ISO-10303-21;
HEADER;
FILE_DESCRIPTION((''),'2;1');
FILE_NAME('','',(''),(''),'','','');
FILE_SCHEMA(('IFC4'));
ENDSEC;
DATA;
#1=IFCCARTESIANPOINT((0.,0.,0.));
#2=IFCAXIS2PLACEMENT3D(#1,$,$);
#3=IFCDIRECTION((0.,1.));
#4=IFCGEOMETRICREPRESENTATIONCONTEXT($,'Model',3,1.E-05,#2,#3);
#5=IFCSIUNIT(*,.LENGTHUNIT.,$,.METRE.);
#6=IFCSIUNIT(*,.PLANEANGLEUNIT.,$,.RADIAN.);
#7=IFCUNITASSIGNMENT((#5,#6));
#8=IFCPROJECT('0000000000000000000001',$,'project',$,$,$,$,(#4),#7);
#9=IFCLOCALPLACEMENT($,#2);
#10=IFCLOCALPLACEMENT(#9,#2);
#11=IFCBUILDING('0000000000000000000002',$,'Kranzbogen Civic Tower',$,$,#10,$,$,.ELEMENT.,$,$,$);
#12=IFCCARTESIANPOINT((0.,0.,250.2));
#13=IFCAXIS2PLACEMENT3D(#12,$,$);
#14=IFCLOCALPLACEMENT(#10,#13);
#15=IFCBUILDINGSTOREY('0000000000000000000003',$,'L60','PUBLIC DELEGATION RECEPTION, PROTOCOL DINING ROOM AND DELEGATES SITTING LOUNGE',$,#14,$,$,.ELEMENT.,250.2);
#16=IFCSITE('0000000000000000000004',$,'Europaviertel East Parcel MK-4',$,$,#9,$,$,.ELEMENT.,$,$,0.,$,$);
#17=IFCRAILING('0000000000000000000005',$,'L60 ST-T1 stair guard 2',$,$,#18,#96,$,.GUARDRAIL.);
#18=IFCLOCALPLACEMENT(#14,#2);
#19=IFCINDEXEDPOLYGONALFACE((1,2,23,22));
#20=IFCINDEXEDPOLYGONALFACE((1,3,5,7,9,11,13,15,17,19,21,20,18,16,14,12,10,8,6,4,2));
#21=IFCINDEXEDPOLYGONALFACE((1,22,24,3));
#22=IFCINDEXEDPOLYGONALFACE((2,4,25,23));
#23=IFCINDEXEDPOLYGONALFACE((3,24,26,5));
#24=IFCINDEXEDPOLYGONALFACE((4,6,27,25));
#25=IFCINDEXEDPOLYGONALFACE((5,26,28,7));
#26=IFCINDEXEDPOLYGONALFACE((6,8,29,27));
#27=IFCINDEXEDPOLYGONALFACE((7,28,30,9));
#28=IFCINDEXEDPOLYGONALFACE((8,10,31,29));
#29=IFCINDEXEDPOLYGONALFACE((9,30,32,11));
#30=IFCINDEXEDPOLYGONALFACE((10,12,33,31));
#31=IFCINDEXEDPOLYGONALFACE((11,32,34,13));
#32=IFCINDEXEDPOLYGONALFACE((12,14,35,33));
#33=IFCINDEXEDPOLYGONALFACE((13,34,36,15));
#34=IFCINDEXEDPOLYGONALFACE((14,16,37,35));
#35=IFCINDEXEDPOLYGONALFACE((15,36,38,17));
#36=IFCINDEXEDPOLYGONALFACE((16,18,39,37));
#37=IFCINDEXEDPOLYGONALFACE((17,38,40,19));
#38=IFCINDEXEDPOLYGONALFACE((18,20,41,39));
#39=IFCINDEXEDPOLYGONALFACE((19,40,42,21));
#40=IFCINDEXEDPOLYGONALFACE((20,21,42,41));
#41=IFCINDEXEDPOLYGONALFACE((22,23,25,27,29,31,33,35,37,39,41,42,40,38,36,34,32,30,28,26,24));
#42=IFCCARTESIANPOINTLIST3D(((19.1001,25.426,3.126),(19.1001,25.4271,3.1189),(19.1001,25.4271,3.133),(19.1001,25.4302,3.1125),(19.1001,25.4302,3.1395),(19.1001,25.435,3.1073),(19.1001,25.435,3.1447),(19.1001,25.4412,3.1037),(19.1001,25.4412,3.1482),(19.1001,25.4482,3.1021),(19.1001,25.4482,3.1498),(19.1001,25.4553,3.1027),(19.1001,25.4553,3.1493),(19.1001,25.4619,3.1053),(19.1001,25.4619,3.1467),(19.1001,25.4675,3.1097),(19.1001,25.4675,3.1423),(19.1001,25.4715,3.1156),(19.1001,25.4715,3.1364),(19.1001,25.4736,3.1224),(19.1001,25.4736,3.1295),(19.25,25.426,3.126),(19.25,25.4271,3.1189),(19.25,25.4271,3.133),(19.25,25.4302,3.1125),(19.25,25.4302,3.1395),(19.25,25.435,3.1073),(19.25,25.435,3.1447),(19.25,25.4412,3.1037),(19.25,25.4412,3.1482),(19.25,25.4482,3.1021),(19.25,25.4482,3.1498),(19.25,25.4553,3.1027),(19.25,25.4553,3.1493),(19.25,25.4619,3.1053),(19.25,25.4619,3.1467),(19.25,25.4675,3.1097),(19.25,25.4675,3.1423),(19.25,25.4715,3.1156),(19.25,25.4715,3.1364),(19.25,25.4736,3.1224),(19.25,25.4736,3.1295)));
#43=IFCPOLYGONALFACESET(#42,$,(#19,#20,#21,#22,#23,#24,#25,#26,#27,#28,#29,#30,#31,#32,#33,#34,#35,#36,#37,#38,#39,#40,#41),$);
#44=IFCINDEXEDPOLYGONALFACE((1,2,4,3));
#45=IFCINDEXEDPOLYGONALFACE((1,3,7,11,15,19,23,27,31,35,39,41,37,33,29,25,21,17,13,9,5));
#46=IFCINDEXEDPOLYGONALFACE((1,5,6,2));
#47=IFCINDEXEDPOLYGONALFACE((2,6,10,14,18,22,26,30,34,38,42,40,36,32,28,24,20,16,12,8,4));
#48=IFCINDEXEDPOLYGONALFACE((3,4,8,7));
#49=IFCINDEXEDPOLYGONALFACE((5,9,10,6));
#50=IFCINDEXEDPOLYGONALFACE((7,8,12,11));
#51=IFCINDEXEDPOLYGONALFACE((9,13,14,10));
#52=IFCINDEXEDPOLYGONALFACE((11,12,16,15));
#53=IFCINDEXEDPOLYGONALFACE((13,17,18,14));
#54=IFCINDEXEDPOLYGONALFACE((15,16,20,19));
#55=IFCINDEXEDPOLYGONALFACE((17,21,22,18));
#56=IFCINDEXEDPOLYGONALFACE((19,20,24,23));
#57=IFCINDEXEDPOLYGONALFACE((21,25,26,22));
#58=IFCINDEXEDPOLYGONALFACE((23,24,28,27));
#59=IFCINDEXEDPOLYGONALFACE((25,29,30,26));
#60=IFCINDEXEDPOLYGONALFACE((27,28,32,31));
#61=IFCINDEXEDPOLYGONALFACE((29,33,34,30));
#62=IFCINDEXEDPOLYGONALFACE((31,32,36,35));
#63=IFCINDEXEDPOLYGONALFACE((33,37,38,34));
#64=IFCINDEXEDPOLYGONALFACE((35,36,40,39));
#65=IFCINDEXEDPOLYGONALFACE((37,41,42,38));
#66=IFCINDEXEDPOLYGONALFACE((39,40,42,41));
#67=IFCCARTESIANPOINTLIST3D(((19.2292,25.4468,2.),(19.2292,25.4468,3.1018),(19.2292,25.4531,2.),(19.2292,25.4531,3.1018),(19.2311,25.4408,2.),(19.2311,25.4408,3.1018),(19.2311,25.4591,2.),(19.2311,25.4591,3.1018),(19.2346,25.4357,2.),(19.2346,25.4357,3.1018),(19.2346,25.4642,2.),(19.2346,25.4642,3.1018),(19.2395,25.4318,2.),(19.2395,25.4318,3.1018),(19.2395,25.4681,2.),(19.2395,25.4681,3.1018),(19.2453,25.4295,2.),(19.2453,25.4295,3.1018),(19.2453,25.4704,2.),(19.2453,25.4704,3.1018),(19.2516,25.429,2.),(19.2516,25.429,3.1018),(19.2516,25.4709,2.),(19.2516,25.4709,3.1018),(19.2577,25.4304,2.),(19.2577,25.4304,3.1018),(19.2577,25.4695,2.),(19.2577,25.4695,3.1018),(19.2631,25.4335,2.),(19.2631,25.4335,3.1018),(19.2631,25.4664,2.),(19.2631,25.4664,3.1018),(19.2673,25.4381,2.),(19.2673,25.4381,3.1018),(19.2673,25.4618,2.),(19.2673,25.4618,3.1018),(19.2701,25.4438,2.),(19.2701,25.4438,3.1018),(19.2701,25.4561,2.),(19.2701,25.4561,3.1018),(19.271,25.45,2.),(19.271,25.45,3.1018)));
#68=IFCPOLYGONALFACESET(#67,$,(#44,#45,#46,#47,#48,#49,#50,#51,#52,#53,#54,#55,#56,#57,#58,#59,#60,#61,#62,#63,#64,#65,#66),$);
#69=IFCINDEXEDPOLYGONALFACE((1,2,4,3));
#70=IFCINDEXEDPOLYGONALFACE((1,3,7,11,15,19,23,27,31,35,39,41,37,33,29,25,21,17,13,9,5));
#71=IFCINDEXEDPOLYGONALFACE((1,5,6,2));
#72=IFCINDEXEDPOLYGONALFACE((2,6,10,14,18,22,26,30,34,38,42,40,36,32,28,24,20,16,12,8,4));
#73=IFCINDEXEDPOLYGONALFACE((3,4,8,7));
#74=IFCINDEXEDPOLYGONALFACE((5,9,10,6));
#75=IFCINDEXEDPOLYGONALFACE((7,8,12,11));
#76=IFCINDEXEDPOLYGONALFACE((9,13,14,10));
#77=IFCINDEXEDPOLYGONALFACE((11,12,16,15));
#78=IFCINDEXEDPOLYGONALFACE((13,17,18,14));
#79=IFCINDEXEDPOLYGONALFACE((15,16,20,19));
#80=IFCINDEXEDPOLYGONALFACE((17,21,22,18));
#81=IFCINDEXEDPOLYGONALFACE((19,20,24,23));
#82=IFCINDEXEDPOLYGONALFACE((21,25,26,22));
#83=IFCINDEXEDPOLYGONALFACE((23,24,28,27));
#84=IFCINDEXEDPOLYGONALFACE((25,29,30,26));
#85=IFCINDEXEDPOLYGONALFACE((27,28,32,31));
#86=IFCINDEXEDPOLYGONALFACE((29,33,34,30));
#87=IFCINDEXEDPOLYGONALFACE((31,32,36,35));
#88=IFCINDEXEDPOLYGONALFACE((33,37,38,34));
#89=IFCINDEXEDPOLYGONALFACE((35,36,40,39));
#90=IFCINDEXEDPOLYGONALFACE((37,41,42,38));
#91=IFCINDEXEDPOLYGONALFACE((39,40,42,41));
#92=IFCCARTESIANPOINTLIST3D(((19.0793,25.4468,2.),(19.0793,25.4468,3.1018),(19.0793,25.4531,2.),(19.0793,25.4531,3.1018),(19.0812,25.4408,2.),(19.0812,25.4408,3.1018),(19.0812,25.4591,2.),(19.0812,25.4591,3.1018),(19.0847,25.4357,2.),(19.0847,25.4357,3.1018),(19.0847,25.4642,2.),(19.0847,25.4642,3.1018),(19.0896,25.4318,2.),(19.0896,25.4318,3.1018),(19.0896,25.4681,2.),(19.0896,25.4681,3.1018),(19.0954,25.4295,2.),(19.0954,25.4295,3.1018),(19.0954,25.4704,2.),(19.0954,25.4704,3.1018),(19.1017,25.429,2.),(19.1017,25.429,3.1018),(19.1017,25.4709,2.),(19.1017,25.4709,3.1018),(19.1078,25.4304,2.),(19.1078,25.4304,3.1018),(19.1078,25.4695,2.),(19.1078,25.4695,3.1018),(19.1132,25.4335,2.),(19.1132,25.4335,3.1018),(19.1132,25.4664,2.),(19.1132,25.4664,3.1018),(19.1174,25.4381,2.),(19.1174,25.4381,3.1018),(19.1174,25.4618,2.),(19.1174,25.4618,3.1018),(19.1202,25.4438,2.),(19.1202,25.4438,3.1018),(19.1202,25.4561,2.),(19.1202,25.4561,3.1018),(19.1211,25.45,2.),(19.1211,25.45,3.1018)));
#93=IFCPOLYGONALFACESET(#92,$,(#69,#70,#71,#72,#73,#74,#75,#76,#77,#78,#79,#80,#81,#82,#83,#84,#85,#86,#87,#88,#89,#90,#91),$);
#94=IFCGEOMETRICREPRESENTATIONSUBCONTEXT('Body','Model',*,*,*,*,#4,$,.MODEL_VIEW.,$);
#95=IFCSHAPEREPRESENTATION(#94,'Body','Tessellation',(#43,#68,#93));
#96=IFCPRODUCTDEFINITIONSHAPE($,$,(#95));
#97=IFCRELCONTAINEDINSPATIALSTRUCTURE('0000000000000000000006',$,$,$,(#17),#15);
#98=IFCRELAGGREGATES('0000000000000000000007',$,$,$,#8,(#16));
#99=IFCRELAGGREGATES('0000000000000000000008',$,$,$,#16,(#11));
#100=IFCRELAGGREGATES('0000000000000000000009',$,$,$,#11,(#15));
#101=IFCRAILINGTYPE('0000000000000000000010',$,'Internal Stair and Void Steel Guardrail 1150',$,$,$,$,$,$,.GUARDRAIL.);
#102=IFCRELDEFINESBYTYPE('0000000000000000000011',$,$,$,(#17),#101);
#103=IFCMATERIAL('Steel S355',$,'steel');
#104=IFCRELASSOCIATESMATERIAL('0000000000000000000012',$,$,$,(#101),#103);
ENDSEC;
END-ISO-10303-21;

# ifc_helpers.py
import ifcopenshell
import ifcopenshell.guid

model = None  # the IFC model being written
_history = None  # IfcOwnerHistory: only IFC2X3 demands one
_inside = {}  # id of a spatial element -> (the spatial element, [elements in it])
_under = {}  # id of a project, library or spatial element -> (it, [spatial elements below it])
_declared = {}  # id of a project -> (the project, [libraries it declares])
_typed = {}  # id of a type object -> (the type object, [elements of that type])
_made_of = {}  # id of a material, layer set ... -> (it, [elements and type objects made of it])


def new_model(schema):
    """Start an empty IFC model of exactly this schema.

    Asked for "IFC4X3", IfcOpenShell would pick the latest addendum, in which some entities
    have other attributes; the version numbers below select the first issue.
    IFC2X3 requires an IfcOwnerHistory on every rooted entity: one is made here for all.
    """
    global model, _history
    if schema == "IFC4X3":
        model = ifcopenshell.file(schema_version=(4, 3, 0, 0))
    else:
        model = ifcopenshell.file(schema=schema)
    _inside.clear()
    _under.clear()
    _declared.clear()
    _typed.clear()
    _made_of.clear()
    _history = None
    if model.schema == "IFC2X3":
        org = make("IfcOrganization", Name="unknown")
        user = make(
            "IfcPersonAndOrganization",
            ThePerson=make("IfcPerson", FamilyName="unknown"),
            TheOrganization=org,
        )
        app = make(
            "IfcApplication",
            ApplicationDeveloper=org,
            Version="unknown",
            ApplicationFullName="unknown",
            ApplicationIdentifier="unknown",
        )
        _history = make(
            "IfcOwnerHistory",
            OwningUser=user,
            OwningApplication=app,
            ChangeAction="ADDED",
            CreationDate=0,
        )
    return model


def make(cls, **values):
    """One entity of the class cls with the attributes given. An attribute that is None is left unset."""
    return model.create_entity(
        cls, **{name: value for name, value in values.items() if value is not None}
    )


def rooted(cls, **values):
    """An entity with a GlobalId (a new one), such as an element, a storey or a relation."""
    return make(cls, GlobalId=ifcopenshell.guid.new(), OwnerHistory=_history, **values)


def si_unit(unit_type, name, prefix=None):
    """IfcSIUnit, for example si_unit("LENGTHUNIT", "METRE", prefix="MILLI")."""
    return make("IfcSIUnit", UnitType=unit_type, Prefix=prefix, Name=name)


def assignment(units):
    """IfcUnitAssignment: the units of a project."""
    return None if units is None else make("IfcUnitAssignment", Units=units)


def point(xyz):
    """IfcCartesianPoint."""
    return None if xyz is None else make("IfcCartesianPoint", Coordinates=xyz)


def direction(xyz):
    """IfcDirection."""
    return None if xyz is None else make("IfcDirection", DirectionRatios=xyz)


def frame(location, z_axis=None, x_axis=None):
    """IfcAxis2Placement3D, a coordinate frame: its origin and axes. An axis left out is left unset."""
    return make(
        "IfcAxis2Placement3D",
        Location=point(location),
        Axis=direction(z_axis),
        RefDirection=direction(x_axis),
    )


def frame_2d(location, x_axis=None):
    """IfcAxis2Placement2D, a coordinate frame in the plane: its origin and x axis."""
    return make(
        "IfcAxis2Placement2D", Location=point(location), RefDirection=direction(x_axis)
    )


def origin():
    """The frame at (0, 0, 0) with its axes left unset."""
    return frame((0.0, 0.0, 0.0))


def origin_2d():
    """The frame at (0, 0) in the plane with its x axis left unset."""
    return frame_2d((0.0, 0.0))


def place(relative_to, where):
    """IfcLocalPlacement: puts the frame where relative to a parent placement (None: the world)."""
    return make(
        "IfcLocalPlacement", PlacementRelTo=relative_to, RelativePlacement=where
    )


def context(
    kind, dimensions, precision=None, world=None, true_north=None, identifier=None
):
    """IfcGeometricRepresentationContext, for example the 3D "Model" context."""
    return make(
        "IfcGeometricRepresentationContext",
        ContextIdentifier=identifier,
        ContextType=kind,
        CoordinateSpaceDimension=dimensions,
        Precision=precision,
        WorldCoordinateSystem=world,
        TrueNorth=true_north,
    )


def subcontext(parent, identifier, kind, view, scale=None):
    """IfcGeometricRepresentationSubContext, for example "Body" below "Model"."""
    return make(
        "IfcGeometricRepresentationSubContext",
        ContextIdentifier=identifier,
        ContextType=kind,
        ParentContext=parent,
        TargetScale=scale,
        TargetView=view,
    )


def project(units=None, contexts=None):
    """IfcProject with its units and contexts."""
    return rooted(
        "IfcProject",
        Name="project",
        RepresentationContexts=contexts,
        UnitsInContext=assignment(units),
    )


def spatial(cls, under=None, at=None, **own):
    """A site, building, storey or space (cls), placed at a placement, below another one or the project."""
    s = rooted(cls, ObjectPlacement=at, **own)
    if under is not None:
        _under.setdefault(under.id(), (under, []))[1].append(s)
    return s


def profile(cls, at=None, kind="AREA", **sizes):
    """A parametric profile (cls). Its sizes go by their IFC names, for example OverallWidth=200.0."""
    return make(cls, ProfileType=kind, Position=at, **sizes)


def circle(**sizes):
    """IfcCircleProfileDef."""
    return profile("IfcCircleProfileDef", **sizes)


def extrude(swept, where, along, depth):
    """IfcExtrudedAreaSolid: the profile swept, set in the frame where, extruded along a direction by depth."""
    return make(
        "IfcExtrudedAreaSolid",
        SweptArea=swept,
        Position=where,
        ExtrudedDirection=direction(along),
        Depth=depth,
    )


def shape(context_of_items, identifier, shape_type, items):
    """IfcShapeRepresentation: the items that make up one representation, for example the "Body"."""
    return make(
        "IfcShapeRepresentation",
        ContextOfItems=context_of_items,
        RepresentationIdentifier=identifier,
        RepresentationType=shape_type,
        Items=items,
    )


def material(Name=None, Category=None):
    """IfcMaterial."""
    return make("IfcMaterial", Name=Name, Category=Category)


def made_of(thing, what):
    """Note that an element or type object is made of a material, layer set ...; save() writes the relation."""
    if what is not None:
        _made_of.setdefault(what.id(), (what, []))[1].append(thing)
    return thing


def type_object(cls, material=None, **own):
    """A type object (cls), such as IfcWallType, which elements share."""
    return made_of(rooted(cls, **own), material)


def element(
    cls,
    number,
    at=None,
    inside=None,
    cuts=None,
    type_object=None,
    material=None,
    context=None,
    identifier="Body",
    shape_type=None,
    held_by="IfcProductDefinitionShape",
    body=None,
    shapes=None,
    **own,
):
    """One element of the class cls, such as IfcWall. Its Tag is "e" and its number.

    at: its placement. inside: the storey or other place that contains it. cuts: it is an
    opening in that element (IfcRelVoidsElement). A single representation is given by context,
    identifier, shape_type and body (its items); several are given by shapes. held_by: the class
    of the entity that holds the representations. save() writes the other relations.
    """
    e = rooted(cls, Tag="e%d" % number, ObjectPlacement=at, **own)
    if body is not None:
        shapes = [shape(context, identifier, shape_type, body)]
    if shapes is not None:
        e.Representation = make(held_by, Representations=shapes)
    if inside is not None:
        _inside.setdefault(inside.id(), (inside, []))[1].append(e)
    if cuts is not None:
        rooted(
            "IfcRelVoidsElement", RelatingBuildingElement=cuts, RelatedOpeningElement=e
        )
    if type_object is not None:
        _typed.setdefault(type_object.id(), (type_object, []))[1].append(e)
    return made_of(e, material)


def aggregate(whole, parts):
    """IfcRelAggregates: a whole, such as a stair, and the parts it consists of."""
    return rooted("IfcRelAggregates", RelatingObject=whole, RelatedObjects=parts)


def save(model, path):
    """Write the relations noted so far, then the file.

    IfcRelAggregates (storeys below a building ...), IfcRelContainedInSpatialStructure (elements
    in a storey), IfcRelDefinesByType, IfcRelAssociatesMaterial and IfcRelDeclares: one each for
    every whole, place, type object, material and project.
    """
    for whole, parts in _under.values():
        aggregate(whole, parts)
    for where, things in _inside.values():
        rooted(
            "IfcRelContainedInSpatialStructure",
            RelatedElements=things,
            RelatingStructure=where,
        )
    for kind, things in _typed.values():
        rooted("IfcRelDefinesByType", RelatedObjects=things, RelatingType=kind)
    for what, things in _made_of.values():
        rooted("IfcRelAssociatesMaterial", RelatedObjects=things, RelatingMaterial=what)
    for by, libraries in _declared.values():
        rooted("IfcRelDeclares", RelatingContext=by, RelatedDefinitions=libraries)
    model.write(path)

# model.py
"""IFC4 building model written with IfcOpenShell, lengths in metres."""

from ifc_helpers import new_model, si_unit, direction, frame, origin, origin_2d, place, context, subcontext, project, spatial, circle, extrude, material, type_object, element, save


model = new_model("IFC4")

# Units and contexts
model_context = context("Model", 3, precision=1e-05, world=origin(), true_north=direction((0.0, 1.0)))
body_context = subcontext(model_context, "Body", "Model", "MODEL_VIEW")
ifc_project = project(units=[si_unit("LENGTHUNIT", "METRE"), si_unit("PLANEANGLEUNIT", "RADIAN")], contexts=[model_context])

# Site, building, storey
site_placement = place(None, origin())
site = spatial("IfcSite", under=ifc_project, at=site_placement, Name="Europaviertel East Parcel MK-4", CompositionType="ELEMENT", RefElevation=0.0)
building_placement = place(site_placement, origin())
building = spatial("IfcBuilding", under=site, at=building_placement, Name="Kranzbogen Civic Tower", CompositionType="ELEMENT")
storey_placement = place(building_placement, frame((0.0, 0.0, 250.2)))
storey = spatial("IfcBuildingStorey", under=building, at=storey_placement, Name="L60", Description="PUBLIC DELEGATION RECEPTION, PROTOCOL DINING ROOM AND DELEGATES SITTING LOUNGE", CompositionType="ELEMENT", Elevation=250.2)

# Shared definitions
ifc_material_1 = material(Name="Steel S355", Category="steel")

# Railing
railing_type_1 = type_object("IfcRailingType", Name="Internal Stair and Void Steel Guardrail 1150", PredefinedType="GUARDRAIL", material=ifc_material_1)
railing_1_placement = place(storey_placement, frame((19.25, 25.45, 2.0)))
element("IfcRailing", 1, at=railing_1_placement, inside=storey, type_object=railing_type_1, Name="L60 ST-T1 stair guard 2", PredefinedType="GUARDRAIL", context=body_context, shape_type="SweptSolid", body=[
    extrude(circle(Radius=0.0239, at=origin_2d()), frame((0.0, 0.0, 1.126), z_axis=(-1.0, 0.0, 0.0), x_axis=(0.0, -1.0, 0.0)), (0.0, 0.0, 1.0), 0.1499),
    extrude(circle(Radius=0.021, at=origin_2d()), origin(), (0.0, 0.0, 1.0), 1.1018),
    extrude(circle(Radius=0.021, at=origin_2d()), frame((-0.1499, 0.0, 0.0)), (0.0, 0.0, 1.0), 1.1018),
])

save(model, "model.ifc")
